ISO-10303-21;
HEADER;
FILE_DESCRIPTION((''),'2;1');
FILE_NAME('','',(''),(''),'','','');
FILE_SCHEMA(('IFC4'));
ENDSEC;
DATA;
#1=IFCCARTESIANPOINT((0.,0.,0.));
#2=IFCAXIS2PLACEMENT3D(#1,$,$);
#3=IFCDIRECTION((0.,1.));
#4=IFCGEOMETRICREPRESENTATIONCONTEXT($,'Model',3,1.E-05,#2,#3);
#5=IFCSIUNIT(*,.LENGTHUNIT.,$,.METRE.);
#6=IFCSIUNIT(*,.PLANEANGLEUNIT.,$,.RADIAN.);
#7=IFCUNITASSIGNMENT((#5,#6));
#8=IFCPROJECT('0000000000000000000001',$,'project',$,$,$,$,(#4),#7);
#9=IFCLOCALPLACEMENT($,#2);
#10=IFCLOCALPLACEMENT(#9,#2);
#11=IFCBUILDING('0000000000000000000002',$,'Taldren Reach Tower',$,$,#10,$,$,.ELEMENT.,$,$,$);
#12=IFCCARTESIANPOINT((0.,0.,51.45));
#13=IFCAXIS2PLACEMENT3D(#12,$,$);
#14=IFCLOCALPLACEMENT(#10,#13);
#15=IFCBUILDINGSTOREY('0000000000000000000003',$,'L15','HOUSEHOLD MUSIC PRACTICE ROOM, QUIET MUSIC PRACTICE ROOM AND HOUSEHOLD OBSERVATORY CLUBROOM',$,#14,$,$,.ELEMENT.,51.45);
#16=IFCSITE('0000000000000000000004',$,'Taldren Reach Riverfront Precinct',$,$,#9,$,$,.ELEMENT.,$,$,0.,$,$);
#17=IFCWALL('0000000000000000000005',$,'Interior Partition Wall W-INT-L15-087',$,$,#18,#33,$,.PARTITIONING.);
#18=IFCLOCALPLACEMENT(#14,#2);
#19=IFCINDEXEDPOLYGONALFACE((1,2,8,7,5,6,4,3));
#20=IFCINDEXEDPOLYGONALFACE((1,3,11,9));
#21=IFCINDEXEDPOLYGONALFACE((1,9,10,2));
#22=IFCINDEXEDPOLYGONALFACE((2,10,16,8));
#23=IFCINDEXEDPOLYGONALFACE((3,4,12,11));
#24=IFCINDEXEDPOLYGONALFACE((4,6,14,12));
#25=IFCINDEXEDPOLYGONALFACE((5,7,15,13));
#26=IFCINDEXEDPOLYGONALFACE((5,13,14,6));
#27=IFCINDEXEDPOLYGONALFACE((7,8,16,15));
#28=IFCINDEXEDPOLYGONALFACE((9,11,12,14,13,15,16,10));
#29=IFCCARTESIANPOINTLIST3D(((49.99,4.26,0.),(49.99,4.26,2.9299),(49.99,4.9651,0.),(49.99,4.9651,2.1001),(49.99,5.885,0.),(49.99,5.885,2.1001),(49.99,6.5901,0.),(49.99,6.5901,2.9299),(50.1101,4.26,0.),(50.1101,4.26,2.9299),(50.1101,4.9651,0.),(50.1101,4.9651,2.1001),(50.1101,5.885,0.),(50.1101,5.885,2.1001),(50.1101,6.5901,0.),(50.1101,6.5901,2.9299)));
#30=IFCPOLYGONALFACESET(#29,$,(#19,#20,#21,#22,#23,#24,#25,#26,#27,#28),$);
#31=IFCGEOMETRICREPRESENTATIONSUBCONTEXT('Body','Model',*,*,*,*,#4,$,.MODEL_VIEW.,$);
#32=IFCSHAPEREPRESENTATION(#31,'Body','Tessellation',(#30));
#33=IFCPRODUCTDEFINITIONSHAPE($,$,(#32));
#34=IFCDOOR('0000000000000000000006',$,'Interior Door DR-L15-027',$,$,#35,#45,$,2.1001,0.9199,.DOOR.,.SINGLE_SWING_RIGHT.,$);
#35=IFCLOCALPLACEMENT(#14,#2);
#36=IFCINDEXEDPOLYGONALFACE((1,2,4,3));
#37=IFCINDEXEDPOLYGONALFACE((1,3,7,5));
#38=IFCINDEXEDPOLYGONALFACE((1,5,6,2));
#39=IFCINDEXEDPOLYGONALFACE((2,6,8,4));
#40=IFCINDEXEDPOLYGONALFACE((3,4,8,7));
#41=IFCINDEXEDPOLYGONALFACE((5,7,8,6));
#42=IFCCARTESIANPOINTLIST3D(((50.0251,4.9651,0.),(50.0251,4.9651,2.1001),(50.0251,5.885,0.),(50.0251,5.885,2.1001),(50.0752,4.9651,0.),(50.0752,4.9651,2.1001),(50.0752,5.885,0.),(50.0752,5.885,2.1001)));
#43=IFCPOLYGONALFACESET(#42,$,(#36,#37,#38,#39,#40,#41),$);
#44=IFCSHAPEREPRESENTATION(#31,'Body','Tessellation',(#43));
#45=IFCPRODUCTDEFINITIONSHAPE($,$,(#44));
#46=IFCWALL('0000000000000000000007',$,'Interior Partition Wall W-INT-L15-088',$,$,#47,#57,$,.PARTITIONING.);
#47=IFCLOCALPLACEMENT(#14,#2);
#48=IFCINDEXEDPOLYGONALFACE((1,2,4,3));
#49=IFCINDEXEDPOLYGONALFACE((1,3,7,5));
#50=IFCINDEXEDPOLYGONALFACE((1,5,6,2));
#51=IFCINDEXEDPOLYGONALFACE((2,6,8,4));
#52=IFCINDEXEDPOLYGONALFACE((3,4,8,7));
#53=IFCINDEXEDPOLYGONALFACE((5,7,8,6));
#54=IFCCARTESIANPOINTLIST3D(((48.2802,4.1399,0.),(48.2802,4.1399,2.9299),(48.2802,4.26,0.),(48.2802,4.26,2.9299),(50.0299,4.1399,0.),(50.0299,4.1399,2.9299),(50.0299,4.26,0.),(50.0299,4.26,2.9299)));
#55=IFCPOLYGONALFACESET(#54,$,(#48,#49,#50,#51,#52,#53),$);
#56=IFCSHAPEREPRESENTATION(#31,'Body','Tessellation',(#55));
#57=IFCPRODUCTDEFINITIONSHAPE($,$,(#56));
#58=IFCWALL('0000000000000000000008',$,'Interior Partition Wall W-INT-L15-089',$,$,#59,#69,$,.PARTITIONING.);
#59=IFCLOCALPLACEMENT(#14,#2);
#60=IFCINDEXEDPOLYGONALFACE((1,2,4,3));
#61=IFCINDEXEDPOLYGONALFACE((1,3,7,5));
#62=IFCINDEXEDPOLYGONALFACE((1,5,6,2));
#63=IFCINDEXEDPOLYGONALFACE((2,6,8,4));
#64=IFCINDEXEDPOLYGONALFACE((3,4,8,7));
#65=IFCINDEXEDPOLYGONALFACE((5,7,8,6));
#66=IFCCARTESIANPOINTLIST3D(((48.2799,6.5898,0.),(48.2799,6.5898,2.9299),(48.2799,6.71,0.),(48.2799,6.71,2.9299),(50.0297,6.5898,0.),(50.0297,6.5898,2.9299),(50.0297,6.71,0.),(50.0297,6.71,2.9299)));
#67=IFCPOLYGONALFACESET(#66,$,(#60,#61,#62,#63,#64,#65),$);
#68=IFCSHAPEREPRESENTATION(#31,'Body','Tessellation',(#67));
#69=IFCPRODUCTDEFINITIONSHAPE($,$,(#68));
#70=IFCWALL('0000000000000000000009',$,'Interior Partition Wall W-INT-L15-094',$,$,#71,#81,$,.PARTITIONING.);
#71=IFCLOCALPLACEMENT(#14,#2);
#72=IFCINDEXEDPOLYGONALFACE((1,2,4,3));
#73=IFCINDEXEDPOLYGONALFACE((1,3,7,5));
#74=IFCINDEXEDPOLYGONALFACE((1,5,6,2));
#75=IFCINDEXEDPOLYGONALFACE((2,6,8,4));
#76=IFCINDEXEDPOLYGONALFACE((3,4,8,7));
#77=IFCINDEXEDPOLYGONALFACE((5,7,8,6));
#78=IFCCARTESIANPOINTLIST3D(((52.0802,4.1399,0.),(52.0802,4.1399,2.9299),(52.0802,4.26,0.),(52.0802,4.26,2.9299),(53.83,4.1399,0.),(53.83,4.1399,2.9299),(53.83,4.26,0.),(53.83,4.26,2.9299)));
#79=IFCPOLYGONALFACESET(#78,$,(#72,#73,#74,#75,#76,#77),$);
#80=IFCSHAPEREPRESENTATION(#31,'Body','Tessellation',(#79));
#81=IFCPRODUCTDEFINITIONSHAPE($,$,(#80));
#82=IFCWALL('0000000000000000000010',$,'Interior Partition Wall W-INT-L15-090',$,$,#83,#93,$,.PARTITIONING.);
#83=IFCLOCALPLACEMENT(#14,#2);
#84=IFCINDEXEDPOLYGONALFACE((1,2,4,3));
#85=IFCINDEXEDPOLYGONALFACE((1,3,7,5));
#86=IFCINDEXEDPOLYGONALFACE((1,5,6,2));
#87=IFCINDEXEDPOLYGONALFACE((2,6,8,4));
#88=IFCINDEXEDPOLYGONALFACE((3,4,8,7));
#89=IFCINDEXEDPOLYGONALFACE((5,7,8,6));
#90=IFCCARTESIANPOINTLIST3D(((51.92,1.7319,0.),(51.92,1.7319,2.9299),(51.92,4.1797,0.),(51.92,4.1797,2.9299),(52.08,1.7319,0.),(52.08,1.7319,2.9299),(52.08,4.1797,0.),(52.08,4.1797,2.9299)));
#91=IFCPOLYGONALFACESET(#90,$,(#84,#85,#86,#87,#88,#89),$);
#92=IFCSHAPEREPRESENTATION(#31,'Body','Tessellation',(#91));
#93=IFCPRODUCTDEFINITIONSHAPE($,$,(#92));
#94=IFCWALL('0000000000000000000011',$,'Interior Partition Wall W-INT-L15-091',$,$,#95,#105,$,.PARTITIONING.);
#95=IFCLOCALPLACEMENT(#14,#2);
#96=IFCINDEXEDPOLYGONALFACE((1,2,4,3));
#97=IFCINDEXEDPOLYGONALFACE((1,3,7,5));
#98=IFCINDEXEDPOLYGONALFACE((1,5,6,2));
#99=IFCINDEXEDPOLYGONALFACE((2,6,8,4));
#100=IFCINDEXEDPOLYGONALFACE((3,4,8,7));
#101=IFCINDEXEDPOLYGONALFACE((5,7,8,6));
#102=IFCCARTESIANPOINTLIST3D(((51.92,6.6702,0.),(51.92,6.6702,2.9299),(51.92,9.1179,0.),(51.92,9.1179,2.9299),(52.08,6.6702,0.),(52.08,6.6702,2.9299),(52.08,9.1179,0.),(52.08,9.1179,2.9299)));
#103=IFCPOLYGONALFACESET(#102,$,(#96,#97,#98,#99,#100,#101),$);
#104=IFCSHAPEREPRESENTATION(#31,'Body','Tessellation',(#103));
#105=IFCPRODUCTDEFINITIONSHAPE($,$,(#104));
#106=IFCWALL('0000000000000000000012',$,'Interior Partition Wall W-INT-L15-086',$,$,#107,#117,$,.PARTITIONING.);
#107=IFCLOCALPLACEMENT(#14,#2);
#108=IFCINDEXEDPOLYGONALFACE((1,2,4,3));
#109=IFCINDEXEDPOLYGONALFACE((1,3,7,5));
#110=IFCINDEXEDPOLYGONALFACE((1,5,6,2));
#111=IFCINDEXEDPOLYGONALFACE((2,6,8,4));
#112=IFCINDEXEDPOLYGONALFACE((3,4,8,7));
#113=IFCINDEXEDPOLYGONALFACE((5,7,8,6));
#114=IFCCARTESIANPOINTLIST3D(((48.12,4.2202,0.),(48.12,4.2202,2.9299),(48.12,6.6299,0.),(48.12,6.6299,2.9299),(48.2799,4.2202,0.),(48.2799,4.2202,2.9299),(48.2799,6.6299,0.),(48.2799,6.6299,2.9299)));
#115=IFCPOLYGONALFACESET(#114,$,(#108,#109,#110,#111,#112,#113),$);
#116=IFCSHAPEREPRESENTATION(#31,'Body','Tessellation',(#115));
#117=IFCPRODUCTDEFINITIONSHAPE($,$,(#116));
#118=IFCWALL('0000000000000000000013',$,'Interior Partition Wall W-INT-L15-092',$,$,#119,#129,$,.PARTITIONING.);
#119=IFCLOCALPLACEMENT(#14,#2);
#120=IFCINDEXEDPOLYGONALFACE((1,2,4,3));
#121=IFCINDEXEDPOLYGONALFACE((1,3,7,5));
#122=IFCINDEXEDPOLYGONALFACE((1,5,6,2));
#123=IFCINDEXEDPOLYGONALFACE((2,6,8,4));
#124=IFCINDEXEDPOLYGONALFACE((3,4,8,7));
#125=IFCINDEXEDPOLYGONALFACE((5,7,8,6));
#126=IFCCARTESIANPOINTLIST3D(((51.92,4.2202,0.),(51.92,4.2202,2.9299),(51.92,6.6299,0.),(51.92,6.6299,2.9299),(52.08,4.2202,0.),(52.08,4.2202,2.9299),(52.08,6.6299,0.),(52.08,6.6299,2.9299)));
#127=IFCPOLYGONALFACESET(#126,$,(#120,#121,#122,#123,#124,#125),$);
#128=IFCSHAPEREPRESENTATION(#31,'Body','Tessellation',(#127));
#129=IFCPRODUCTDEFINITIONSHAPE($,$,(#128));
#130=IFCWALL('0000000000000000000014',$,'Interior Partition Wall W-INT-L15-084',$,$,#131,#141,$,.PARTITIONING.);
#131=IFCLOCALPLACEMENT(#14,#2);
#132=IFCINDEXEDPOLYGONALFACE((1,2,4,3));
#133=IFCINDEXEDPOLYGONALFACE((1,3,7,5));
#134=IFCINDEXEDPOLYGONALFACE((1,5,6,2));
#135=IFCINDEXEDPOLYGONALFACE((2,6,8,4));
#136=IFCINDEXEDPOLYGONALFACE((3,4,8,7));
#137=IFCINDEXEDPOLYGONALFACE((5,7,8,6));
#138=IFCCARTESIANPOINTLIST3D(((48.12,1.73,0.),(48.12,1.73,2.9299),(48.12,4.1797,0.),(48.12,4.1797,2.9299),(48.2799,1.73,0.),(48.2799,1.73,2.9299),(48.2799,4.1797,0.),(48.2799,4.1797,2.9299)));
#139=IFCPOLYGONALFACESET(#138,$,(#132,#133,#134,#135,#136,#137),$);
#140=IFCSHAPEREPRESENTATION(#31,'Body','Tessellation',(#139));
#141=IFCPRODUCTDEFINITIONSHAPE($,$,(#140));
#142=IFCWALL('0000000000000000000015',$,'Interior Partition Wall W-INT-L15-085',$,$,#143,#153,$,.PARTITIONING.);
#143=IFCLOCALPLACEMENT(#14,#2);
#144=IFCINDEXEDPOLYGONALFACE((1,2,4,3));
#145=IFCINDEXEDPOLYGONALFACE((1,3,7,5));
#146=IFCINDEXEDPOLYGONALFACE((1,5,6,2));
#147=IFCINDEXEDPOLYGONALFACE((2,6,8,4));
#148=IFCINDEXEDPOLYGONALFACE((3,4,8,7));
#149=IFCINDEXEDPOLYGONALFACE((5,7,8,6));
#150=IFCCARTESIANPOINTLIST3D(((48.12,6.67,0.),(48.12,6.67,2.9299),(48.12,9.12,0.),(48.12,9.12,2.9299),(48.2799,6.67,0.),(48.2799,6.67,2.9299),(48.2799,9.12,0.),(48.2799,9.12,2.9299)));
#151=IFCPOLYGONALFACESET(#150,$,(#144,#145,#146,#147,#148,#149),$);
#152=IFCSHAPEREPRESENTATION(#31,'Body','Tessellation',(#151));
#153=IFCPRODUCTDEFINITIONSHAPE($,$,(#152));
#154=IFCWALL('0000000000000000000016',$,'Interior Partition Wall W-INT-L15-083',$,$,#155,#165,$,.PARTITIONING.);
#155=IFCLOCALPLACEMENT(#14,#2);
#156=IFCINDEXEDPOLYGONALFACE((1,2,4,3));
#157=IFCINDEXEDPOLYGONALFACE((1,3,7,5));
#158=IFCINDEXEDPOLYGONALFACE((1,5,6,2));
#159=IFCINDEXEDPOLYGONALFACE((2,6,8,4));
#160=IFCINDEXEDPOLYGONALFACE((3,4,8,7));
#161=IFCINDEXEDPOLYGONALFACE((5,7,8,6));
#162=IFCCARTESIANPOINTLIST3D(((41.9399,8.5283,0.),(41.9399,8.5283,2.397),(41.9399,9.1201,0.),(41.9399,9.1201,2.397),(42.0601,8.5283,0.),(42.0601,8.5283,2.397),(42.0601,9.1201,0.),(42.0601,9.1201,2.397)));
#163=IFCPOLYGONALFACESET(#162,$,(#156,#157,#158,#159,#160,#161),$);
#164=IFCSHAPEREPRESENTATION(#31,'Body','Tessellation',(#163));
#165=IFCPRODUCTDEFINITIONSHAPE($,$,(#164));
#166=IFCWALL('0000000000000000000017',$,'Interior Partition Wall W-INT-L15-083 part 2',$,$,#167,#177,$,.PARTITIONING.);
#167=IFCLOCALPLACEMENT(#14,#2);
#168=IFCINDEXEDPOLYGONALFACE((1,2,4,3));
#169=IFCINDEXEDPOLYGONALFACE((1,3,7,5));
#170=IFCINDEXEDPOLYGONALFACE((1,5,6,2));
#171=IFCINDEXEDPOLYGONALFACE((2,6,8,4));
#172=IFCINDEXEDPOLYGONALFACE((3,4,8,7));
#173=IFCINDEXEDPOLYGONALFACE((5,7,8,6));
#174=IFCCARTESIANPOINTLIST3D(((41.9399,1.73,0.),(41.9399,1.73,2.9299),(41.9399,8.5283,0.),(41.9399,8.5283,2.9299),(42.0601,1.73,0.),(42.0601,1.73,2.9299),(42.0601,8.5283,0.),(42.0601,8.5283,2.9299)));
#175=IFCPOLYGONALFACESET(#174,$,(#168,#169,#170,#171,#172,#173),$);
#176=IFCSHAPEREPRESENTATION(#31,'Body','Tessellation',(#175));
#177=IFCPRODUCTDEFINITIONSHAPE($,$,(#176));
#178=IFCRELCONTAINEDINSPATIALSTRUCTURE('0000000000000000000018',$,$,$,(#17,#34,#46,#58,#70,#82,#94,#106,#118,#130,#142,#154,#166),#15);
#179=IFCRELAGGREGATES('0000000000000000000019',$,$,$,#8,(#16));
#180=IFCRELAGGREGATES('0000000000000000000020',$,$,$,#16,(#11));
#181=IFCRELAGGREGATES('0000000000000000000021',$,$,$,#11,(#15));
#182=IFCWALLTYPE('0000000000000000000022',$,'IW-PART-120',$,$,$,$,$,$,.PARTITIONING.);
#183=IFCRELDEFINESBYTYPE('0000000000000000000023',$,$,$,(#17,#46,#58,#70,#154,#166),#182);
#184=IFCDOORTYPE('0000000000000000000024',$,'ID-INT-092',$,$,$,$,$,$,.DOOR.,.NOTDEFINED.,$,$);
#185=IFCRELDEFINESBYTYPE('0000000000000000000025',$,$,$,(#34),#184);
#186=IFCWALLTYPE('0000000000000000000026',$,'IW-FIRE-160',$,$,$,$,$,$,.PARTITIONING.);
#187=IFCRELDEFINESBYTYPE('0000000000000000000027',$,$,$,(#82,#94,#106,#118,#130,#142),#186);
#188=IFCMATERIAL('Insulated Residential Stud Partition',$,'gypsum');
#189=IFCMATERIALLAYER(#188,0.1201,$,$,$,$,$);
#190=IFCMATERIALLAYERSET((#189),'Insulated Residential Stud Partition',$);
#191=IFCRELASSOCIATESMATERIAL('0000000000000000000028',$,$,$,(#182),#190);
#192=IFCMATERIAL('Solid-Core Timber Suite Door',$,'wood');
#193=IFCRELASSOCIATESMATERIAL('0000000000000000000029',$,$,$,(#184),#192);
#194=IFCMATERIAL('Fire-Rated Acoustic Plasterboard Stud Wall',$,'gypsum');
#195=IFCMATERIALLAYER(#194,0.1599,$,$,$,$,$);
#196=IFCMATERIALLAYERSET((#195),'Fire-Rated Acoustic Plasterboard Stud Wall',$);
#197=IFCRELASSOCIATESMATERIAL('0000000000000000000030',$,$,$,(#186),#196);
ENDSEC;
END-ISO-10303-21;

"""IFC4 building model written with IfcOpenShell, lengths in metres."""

from ifc_helpers import new_model, si_unit, direction, frame, frame_2d, origin, place, context, subcontext, project, spatial, rectangle, extrude, source, transform, mapped, material, layer, layer_set, type_object, element, fill, save


model = new_model("IFC4")

# Units and contexts
model_context = context("Model", 3, precision=1e-05, world=origin(), true_north=direction((0.0, 1.0)))
body_context = subcontext(model_context, "Body", "Model", "MODEL_VIEW")
ifc_project = project(units=[si_unit("LENGTHUNIT", "METRE"), si_unit("PLANEANGLEUNIT", "RADIAN")], contexts=[model_context])

# Site, building, storey
site_placement = place(None, origin())
site = spatial("IfcSite", under=ifc_project, at=site_placement, Name="Taldren Reach Riverfront Precinct", CompositionType="ELEMENT", RefElevation=0.0)
building_placement = place(site_placement, origin())
building = spatial("IfcBuilding", under=site, at=building_placement, Name="Taldren Reach Tower", CompositionType="ELEMENT")
storey_placement = place(building_placement, frame((0.0, 0.0, 51.45)))
storey = spatial("IfcBuildingStorey", under=building, at=storey_placement, Name="L15", Description="HOUSEHOLD MUSIC PRACTICE ROOM, QUIET MUSIC PRACTICE ROOM AND HOUSEHOLD OBSERVATORY CLUBROOM", CompositionType="ELEMENT", Elevation=51.45)

# Wall, opening, door
ifc_material_1 = material(Name="Insulated Residential Stud Partition", Category="gypsum")
ifc_layer_1 = layer(ifc_material_1, 0.1201)
ifc_layer_set_1 = layer_set([ifc_layer_1], Name="Insulated Residential Stud Partition")
wall_type_1 = type_object("IfcWallType", Name="IW-PART-120", PredefinedType="PARTITIONING", material=ifc_layer_set_1)
shared_shape_1 = source(origin(), body_context, "Body", "SweptSolid", [
    extrude(rectangle(XDim=2.3301, YDim=0.1201, at=frame_2d((1.165, 0.0))), origin(), (0.0, 0.0, 1.0), 2.9299),
])
wall_1_placement = place(storey_placement, frame((50.05, 4.26, 0.0), z_axis=(0.0, 0.0, 1.0), x_axis=(0.0, 1.0, 0.0)))
wall_1 = element("IfcWall", 1, at=wall_1_placement, inside=storey, type_object=wall_type_1, Name="Interior Partition Wall W-INT-L15-087", PredefinedType="PARTITIONING", context=body_context, shape_type="MappedRepresentation", body=[
    mapped(shared_shape_1, transform((0.0, 0.0, 0.0), scale=1.0)),
])
shared_shape_2 = source(origin(), body_context, "Body", "SweptSolid", [
    extrude(rectangle(XDim=0.9199, YDim=2.1001, at=frame_2d((0.46, 1.05))), frame((0.0, 0.0701, 0.0), z_axis=(0.0, -1.0, 0.0), x_axis=(1.0, 0.0, 0.0)), (0.0, 0.0, 1.0), 0.1401),
])
opening_placement = place(wall_1_placement, frame((0.7051, 0.0, 0.0)))
opening = element("IfcOpeningElement", 2, at=opening_placement, cuts=wall_1, PredefinedType="OPENING", context=body_context, shape_type="MappedRepresentation", body=[
    mapped(shared_shape_2, transform((0.0, 0.0, 0.0), scale=1.0)),
])
ifc_material_2 = material(Name="Solid-Core Timber Suite Door", Category="wood")
door_type = type_object("IfcDoorType", Name="ID-INT-092", OperationType="NOTDEFINED", PredefinedType="DOOR", material=ifc_material_2)
shared_shape_3 = source(origin(), body_context, "Body", "SweptSolid", [
    extrude(rectangle(XDim=0.9199, YDim=2.1001, at=frame_2d((0.46, 1.05))), frame((0.0, 0.0249, 0.0), z_axis=(0.0, -1.0, 0.0), x_axis=(1.0, 0.0, 0.0)), (0.0, 0.0, 1.0), 0.05),
])
door_placement = place(opening_placement, origin())
door = element("IfcDoor", 3, at=door_placement, inside=storey, type_object=door_type, Name="Interior Door DR-L15-027", OperationType="SINGLE_SWING_RIGHT", OverallHeight=2.1001, OverallWidth=0.9199, PredefinedType="DOOR", context=body_context, shape_type="MappedRepresentation", body=[
    mapped(shared_shape_3, transform((0.0, 0.0, 0.0), scale=1.0)),
])
fill(opening, door)

# Walls
shared_shape_4 = source(origin(), body_context, "Body", "SweptSolid", [
    extrude(rectangle(XDim=1.7498, YDim=0.1201, at=frame_2d((0.875, 0.0))), origin(), (0.0, 0.0, 1.0), 2.9299),
])
for number, where, z_axis, x_axis, name in (
    (4, (48.28, 4.2, 0.0), (0.0, 0.0, 1.0), (1.0, 0.0, 0.0), "Interior Partition Wall W-INT-L15-088"),
    (5, (50.0298, 6.6499, 0.0), (0.0, 0.0, 1.0), (-1.0, 0.0, 0.0), "Interior Partition Wall W-INT-L15-089"),
    (6, (52.0801, 4.2, 0.0), (0.0, 0.0, 1.0), (1.0, 0.0, 0.0), "Interior Partition Wall W-INT-L15-094"),
):
    element("IfcWall", number, at=place(storey_placement, frame(where, z_axis=z_axis, x_axis=x_axis)), inside=storey, type_object=wall_type_1, Name=name, PredefinedType="PARTITIONING", context=body_context, shape_type="MappedRepresentation", body=[
        mapped(shared_shape_4, transform((0.0, 0.0, 0.0), scale=1.0)),
    ])
ifc_material_3 = material(Name="Fire-Rated Acoustic Plasterboard Stud Wall", Category="gypsum")
ifc_layer_2 = layer(ifc_material_3, 0.1599)
ifc_layer_set_2 = layer_set([ifc_layer_2], Name="Fire-Rated Acoustic Plasterboard Stud Wall")
wall_type_2 = type_object("IfcWallType", Name="IW-FIRE-160", PredefinedType="PARTITIONING", material=ifc_layer_set_2)
shared_shape_5 = source(origin(), body_context, "Body", "SweptSolid", [
    extrude(rectangle(XDim=2.4478, YDim=0.1599, at=frame_2d((1.2239, 0.0))), origin(), (0.0, 0.0, 1.0), 2.9299),
])
for number, where, z_axis, x_axis, name in (
    (7, (52.0, 4.1797, 0.0), (0.0, 0.0, 1.0), (0.0, -1.0, 0.0), "Interior Partition Wall W-INT-L15-090"),
    (8, (52.0, 9.1179, 0.0), (0.0, 0.0, 1.0), (0.0, -1.0, 0.0), "Interior Partition Wall W-INT-L15-091"),
):
    element("IfcWall", number, at=place(storey_placement, frame(where, z_axis=z_axis, x_axis=x_axis)), inside=storey, type_object=wall_type_2, Name=name, PredefinedType="PARTITIONING", context=body_context, shape_type="MappedRepresentation", body=[
        mapped(shared_shape_5, transform((0.0, 0.0, 0.0), scale=1.0)),
    ])
shared_shape_6 = source(origin(), body_context, "Body", "SweptSolid", [
    extrude(rectangle(XDim=2.4097, YDim=0.1599, at=frame_2d((1.2048, 0.0))), origin(), (0.0, 0.0, 1.0), 2.9299),
])
for number, where, z_axis, x_axis, name in (
    (9, (48.2, 6.6299, 0.0), (0.0, 0.0, 1.0), (0.0, -1.0, 0.0), "Interior Partition Wall W-INT-L15-086"),
    (10, (52.0, 6.6299, 0.0), (0.0, 0.0, 1.0), (0.0, -1.0, 0.0), "Interior Partition Wall W-INT-L15-092"),
):
    element("IfcWall", number, at=place(storey_placement, frame(where, z_axis=z_axis, x_axis=x_axis)), inside=storey, type_object=wall_type_2, Name=name, PredefinedType="PARTITIONING", context=body_context, shape_type="MappedRepresentation", body=[
        mapped(shared_shape_6, transform((0.0, 0.0, 0.0), scale=1.0)),
    ])
shared_shape_7 = source(origin(), body_context, "Body", "SweptSolid", [
    extrude(rectangle(XDim=2.4497, YDim=0.1599, at=frame_2d((1.2249, 0.0))), origin(), (0.0, 0.0, 1.0), 2.9299),
])
wall_2_placement = place(storey_placement, frame((48.2, 4.1797, 0.0), z_axis=(0.0, 0.0, 1.0), x_axis=(0.0, -1.0, 0.0)))
element("IfcWall", 11, at=wall_2_placement, inside=storey, type_object=wall_type_2, Name="Interior Partition Wall W-INT-L15-084", PredefinedType="PARTITIONING", context=body_context, shape_type="MappedRepresentation", body=[
    mapped(shared_shape_7, transform((0.0, 0.0, 0.0), scale=1.0)),
])
shared_shape_8 = source(origin(), body_context, "Body", "SweptSolid", [
    extrude(rectangle(XDim=2.45, YDim=0.1599, at=frame_2d((1.2251, 0.0))), origin(), (0.0, 0.0, 1.0), 2.9299),
])
wall_3_placement = place(storey_placement, frame((48.2, 9.1201, 0.0), z_axis=(0.0, 0.0, 1.0), x_axis=(0.0, -1.0, 0.0)))
element("IfcWall", 12, at=wall_3_placement, inside=storey, type_object=wall_type_2, Name="Interior Partition Wall W-INT-L15-085", PredefinedType="PARTITIONING", context=body_context, shape_type="MappedRepresentation", body=[
    mapped(shared_shape_8, transform((0.0, 0.0, 0.0), scale=1.0)),
])
shared_shape_9 = source(origin(), body_context, "Body", "SweptSolid", [
    extrude(rectangle(XDim=0.5918, YDim=0.1201, at=frame_2d((0.2959, 0.0))), origin(), (0.0, 0.0, 1.0), 2.397),
])
wall_4_placement = place(storey_placement, frame((42.0, 9.1201, 0.0), z_axis=(0.0, 0.0, 1.0), x_axis=(0.0, -1.0, 0.0)))
element("IfcWall", 13, at=wall_4_placement, inside=storey, type_object=wall_type_1, Name="Interior Partition Wall W-INT-L15-083", PredefinedType="PARTITIONING", context=body_context, shape_type="MappedRepresentation", body=[
    mapped(shared_shape_9, transform((0.0, 0.0, 0.0), scale=1.0)),
])
shared_shape_10 = source(origin(), body_context, "Body", "SweptSolid", [
    extrude(rectangle(XDim=6.7983, YDim=0.1201, at=frame_2d((3.3992, 0.0))), origin(), (0.0, 0.0, 1.0), 2.9299),
])
wall_5_placement = place(storey_placement, frame((42.0, 8.5283, 0.0), z_axis=(0.0, 0.0, 1.0), x_axis=(0.0, -1.0, 0.0)))
element("IfcWall", 14, at=wall_5_placement, inside=storey, type_object=wall_type_1, Name="Interior Partition Wall W-INT-L15-083 part 2", PredefinedType="PARTITIONING", context=body_context, shape_type="MappedRepresentation", body=[
    mapped(shared_shape_10, transform((0.0, 0.0, 0.0), scale=1.0)),
])

save(model, "model.ifc")
